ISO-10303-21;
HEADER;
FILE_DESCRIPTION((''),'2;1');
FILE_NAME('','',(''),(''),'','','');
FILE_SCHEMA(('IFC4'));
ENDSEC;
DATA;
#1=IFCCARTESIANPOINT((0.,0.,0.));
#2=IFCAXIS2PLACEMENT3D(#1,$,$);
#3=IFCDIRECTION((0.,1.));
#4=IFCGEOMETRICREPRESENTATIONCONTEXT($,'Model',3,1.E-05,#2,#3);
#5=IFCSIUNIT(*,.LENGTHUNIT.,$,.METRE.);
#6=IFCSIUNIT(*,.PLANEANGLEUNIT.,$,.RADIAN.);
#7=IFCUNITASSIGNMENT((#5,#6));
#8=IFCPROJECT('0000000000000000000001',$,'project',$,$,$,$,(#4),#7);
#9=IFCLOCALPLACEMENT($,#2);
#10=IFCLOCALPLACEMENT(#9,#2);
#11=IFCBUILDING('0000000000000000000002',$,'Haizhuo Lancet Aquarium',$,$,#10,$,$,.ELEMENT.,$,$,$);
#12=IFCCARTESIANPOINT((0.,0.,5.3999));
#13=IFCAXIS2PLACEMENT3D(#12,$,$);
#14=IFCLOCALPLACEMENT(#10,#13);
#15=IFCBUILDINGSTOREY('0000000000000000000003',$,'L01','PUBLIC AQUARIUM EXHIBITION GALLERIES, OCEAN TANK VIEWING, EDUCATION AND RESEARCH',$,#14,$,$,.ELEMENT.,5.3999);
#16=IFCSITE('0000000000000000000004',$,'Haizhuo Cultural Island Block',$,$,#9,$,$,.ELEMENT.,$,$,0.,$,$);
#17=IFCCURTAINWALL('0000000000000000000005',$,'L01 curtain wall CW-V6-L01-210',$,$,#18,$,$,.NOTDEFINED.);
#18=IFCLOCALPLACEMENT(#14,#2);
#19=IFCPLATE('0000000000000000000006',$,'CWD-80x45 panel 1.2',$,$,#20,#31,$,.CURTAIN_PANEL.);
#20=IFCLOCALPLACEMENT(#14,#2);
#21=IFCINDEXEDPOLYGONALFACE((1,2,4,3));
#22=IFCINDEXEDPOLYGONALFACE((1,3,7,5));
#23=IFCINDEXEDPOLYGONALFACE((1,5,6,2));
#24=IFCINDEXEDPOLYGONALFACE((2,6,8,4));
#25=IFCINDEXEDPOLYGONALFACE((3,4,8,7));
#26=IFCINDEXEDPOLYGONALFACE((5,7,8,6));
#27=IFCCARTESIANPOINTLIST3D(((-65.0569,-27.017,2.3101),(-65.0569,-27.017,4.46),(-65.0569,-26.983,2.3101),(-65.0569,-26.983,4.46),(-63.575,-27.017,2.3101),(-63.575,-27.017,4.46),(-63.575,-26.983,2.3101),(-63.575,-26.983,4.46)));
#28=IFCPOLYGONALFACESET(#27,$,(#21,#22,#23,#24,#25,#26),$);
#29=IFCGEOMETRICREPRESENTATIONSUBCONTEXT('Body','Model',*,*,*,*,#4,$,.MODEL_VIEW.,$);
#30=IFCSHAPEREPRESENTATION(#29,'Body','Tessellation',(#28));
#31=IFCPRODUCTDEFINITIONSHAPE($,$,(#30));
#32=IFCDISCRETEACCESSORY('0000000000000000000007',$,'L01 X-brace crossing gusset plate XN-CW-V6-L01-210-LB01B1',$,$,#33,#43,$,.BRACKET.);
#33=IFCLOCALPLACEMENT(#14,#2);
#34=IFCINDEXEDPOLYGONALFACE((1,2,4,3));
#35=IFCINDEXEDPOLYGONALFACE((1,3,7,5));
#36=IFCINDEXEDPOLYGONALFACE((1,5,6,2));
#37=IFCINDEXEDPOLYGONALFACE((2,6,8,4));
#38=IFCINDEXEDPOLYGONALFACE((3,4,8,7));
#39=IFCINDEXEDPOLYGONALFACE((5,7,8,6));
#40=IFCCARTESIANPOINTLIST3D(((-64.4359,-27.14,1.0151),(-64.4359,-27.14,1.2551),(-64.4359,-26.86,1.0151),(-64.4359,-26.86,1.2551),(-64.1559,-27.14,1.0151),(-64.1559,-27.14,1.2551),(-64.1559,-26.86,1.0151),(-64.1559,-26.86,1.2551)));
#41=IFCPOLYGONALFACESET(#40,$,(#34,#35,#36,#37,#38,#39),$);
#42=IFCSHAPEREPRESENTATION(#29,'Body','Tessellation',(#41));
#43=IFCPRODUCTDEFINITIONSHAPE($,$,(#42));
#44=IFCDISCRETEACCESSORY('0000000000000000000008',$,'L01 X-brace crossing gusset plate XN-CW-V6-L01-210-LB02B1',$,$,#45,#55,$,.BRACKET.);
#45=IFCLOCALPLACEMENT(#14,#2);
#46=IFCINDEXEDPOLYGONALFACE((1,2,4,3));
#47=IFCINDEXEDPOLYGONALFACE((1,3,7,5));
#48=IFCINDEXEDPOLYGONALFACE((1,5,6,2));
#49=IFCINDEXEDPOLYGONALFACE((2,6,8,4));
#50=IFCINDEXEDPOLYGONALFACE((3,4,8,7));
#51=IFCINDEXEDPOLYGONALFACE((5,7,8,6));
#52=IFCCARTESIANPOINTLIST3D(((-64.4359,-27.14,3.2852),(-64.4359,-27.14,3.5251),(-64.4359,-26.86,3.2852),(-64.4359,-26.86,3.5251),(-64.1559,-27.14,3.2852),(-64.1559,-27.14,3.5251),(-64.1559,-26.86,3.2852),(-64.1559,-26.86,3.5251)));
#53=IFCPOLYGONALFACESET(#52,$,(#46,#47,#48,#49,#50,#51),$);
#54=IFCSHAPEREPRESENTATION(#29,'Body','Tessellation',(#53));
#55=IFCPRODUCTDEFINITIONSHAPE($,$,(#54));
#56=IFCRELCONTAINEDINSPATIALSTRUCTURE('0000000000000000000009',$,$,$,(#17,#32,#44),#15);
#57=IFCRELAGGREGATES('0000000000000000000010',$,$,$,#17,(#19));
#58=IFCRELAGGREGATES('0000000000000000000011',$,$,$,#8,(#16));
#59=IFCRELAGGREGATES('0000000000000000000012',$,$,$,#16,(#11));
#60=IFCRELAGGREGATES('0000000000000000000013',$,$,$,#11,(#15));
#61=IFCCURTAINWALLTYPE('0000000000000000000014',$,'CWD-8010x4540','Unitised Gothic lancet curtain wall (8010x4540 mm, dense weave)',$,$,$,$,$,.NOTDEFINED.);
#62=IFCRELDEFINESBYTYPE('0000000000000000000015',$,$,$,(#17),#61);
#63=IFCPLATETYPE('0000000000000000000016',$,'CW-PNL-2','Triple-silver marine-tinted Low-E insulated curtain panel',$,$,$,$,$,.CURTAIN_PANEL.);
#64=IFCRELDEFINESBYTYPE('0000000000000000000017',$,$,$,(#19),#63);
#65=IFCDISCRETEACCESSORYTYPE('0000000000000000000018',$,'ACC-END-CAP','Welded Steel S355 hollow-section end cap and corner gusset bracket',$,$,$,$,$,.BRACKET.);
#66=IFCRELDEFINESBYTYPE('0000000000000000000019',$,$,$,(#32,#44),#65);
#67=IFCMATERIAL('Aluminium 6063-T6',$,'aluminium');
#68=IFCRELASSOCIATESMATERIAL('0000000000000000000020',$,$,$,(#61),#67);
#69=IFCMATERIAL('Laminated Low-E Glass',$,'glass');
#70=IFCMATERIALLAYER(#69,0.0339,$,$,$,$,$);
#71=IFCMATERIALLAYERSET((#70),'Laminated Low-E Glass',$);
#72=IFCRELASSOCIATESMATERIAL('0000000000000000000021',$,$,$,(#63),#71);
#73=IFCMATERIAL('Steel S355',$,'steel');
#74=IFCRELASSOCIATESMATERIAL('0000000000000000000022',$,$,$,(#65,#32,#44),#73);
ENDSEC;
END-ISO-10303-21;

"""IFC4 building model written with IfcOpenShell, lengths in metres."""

from ifc_helpers import new_model, si_unit, direction, frame, origin, origin_2d, place, context, subcontext, project, spatial, rectangle, extrude, material, layer, layer_set, type_object, element, aggregate, save


model = new_model("IFC4")

# Units and contexts
model_context = context("Model", 3, precision=1e-05, world=origin(), true_north=direction((0.0, 1.0)))
body_context = subcontext(model_context, "Body", "Model", "MODEL_VIEW")
ifc_project = project(units=[si_unit("LENGTHUNIT", "METRE"), si_unit("PLANEANGLEUNIT", "RADIAN")], contexts=[model_context])

# Site, building, storey
site_placement = place(None, origin())
site = spatial("IfcSite", under=ifc_project, at=site_placement, Name="Haizhuo Cultural Island Block", CompositionType="ELEMENT", RefElevation=0.0)
building_placement = place(site_placement, origin())
building = spatial("IfcBuilding", under=site, at=building_placement, Name="Haizhuo Lancet Aquarium", CompositionType="ELEMENT")
storey_placement = place(building_placement, frame((0.0, 0.0, 5.3999)))
storey = spatial("IfcBuildingStorey", under=building, at=storey_placement, Name="L01", Description="PUBLIC AQUARIUM EXHIBITION GALLERIES, OCEAN TANK VIEWING, EDUCATION AND RESEARCH", CompositionType="ELEMENT", Elevation=5.3999)

# Shared definitions
ifc_material_1 = material(Name="Steel S355", Category="steel")

# Curtain wall
ifc_material_2 = material(Name="Aluminium 6063-T6", Category="aluminium")
curtain_wall_type = type_object("IfcCurtainWallType", Name="CWD-8010x4540", Description="Unitised Gothic lancet curtain wall (8010x4540 mm, dense weave)", PredefinedType="NOTDEFINED", material=ifc_material_2)
curtain_wall_placement = place(storey_placement, origin())
curtain_wall = element("IfcCurtainWall", 1, at=curtain_wall_placement, inside=storey, type_object=curtain_wall_type, Name="L01 curtain wall CW-V6-L01-210", PredefinedType="NOTDEFINED")

# Plate
ifc_material_3 = material(Name="Laminated Low-E Glass", Category="glass")
ifc_layer = layer(ifc_material_3, 0.0339)
ifc_layer_set = layer_set([ifc_layer], Name="Laminated Low-E Glass")
plate_type = type_object("IfcPlateType", Name="CW-PNL-2", Description="Triple-silver marine-tinted Low-E insulated curtain panel", PredefinedType="CURTAIN_PANEL", material=ifc_layer_set)
plate_1_placement = place(storey_placement, frame((-64.3159, -27.0, 2.3101), z_axis=(0.0, 0.0, 1.0), x_axis=(-1.0, 0.0, 0.0)))
plate_1 = element("IfcPlate", 2, at=plate_1_placement, type_object=plate_type, Name="CWD-80x45 panel 1.2", PredefinedType="CURTAIN_PANEL", context=body_context, shape_type="SweptSolid", body=[
    extrude(rectangle(XDim=1.4819, YDim=0.0339, at=origin_2d()), origin(), (0.0, 0.0, 1.0), 2.1499),
])
aggregate(curtain_wall, [plate_1])

# Discrete accessories
discrete_accessory_type = type_object("IfcDiscreteAccessoryType", Name="ACC-END-CAP", Description="Welded Steel S355 hollow-section end cap and corner gusset bracket", PredefinedType="BRACKET", material=ifc_material_1)
for number, where, z_axis, x_axis, name in (
    (3, (-64.2959, -27.0, 1.0151), (0.0, 0.0, 1.0), (1.0, 0.0, 0.0), "L01 X-brace crossing gusset plate XN-CW-V6-L01-210-LB01B1"),
    (4, (-64.2959, -27.0, 3.2852), (0.0, 0.0, 1.0), (1.0, 0.0, 0.0), "L01 X-brace crossing gusset plate XN-CW-V6-L01-210-LB02B1"),
):
    element("IfcDiscreteAccessory", number, at=place(storey_placement, frame(where, z_axis=z_axis, x_axis=x_axis)), inside=storey, type_object=discrete_accessory_type, material=ifc_material_1, Name=name, PredefinedType="BRACKET", context=body_context, shape_type="SweptSolid", body=[
        extrude(rectangle(XDim=0.28, YDim=0.28, at=origin_2d()), origin(), (0.0, 0.0, 1.0), 0.24),
    ])

save(model, "model.ifc")
